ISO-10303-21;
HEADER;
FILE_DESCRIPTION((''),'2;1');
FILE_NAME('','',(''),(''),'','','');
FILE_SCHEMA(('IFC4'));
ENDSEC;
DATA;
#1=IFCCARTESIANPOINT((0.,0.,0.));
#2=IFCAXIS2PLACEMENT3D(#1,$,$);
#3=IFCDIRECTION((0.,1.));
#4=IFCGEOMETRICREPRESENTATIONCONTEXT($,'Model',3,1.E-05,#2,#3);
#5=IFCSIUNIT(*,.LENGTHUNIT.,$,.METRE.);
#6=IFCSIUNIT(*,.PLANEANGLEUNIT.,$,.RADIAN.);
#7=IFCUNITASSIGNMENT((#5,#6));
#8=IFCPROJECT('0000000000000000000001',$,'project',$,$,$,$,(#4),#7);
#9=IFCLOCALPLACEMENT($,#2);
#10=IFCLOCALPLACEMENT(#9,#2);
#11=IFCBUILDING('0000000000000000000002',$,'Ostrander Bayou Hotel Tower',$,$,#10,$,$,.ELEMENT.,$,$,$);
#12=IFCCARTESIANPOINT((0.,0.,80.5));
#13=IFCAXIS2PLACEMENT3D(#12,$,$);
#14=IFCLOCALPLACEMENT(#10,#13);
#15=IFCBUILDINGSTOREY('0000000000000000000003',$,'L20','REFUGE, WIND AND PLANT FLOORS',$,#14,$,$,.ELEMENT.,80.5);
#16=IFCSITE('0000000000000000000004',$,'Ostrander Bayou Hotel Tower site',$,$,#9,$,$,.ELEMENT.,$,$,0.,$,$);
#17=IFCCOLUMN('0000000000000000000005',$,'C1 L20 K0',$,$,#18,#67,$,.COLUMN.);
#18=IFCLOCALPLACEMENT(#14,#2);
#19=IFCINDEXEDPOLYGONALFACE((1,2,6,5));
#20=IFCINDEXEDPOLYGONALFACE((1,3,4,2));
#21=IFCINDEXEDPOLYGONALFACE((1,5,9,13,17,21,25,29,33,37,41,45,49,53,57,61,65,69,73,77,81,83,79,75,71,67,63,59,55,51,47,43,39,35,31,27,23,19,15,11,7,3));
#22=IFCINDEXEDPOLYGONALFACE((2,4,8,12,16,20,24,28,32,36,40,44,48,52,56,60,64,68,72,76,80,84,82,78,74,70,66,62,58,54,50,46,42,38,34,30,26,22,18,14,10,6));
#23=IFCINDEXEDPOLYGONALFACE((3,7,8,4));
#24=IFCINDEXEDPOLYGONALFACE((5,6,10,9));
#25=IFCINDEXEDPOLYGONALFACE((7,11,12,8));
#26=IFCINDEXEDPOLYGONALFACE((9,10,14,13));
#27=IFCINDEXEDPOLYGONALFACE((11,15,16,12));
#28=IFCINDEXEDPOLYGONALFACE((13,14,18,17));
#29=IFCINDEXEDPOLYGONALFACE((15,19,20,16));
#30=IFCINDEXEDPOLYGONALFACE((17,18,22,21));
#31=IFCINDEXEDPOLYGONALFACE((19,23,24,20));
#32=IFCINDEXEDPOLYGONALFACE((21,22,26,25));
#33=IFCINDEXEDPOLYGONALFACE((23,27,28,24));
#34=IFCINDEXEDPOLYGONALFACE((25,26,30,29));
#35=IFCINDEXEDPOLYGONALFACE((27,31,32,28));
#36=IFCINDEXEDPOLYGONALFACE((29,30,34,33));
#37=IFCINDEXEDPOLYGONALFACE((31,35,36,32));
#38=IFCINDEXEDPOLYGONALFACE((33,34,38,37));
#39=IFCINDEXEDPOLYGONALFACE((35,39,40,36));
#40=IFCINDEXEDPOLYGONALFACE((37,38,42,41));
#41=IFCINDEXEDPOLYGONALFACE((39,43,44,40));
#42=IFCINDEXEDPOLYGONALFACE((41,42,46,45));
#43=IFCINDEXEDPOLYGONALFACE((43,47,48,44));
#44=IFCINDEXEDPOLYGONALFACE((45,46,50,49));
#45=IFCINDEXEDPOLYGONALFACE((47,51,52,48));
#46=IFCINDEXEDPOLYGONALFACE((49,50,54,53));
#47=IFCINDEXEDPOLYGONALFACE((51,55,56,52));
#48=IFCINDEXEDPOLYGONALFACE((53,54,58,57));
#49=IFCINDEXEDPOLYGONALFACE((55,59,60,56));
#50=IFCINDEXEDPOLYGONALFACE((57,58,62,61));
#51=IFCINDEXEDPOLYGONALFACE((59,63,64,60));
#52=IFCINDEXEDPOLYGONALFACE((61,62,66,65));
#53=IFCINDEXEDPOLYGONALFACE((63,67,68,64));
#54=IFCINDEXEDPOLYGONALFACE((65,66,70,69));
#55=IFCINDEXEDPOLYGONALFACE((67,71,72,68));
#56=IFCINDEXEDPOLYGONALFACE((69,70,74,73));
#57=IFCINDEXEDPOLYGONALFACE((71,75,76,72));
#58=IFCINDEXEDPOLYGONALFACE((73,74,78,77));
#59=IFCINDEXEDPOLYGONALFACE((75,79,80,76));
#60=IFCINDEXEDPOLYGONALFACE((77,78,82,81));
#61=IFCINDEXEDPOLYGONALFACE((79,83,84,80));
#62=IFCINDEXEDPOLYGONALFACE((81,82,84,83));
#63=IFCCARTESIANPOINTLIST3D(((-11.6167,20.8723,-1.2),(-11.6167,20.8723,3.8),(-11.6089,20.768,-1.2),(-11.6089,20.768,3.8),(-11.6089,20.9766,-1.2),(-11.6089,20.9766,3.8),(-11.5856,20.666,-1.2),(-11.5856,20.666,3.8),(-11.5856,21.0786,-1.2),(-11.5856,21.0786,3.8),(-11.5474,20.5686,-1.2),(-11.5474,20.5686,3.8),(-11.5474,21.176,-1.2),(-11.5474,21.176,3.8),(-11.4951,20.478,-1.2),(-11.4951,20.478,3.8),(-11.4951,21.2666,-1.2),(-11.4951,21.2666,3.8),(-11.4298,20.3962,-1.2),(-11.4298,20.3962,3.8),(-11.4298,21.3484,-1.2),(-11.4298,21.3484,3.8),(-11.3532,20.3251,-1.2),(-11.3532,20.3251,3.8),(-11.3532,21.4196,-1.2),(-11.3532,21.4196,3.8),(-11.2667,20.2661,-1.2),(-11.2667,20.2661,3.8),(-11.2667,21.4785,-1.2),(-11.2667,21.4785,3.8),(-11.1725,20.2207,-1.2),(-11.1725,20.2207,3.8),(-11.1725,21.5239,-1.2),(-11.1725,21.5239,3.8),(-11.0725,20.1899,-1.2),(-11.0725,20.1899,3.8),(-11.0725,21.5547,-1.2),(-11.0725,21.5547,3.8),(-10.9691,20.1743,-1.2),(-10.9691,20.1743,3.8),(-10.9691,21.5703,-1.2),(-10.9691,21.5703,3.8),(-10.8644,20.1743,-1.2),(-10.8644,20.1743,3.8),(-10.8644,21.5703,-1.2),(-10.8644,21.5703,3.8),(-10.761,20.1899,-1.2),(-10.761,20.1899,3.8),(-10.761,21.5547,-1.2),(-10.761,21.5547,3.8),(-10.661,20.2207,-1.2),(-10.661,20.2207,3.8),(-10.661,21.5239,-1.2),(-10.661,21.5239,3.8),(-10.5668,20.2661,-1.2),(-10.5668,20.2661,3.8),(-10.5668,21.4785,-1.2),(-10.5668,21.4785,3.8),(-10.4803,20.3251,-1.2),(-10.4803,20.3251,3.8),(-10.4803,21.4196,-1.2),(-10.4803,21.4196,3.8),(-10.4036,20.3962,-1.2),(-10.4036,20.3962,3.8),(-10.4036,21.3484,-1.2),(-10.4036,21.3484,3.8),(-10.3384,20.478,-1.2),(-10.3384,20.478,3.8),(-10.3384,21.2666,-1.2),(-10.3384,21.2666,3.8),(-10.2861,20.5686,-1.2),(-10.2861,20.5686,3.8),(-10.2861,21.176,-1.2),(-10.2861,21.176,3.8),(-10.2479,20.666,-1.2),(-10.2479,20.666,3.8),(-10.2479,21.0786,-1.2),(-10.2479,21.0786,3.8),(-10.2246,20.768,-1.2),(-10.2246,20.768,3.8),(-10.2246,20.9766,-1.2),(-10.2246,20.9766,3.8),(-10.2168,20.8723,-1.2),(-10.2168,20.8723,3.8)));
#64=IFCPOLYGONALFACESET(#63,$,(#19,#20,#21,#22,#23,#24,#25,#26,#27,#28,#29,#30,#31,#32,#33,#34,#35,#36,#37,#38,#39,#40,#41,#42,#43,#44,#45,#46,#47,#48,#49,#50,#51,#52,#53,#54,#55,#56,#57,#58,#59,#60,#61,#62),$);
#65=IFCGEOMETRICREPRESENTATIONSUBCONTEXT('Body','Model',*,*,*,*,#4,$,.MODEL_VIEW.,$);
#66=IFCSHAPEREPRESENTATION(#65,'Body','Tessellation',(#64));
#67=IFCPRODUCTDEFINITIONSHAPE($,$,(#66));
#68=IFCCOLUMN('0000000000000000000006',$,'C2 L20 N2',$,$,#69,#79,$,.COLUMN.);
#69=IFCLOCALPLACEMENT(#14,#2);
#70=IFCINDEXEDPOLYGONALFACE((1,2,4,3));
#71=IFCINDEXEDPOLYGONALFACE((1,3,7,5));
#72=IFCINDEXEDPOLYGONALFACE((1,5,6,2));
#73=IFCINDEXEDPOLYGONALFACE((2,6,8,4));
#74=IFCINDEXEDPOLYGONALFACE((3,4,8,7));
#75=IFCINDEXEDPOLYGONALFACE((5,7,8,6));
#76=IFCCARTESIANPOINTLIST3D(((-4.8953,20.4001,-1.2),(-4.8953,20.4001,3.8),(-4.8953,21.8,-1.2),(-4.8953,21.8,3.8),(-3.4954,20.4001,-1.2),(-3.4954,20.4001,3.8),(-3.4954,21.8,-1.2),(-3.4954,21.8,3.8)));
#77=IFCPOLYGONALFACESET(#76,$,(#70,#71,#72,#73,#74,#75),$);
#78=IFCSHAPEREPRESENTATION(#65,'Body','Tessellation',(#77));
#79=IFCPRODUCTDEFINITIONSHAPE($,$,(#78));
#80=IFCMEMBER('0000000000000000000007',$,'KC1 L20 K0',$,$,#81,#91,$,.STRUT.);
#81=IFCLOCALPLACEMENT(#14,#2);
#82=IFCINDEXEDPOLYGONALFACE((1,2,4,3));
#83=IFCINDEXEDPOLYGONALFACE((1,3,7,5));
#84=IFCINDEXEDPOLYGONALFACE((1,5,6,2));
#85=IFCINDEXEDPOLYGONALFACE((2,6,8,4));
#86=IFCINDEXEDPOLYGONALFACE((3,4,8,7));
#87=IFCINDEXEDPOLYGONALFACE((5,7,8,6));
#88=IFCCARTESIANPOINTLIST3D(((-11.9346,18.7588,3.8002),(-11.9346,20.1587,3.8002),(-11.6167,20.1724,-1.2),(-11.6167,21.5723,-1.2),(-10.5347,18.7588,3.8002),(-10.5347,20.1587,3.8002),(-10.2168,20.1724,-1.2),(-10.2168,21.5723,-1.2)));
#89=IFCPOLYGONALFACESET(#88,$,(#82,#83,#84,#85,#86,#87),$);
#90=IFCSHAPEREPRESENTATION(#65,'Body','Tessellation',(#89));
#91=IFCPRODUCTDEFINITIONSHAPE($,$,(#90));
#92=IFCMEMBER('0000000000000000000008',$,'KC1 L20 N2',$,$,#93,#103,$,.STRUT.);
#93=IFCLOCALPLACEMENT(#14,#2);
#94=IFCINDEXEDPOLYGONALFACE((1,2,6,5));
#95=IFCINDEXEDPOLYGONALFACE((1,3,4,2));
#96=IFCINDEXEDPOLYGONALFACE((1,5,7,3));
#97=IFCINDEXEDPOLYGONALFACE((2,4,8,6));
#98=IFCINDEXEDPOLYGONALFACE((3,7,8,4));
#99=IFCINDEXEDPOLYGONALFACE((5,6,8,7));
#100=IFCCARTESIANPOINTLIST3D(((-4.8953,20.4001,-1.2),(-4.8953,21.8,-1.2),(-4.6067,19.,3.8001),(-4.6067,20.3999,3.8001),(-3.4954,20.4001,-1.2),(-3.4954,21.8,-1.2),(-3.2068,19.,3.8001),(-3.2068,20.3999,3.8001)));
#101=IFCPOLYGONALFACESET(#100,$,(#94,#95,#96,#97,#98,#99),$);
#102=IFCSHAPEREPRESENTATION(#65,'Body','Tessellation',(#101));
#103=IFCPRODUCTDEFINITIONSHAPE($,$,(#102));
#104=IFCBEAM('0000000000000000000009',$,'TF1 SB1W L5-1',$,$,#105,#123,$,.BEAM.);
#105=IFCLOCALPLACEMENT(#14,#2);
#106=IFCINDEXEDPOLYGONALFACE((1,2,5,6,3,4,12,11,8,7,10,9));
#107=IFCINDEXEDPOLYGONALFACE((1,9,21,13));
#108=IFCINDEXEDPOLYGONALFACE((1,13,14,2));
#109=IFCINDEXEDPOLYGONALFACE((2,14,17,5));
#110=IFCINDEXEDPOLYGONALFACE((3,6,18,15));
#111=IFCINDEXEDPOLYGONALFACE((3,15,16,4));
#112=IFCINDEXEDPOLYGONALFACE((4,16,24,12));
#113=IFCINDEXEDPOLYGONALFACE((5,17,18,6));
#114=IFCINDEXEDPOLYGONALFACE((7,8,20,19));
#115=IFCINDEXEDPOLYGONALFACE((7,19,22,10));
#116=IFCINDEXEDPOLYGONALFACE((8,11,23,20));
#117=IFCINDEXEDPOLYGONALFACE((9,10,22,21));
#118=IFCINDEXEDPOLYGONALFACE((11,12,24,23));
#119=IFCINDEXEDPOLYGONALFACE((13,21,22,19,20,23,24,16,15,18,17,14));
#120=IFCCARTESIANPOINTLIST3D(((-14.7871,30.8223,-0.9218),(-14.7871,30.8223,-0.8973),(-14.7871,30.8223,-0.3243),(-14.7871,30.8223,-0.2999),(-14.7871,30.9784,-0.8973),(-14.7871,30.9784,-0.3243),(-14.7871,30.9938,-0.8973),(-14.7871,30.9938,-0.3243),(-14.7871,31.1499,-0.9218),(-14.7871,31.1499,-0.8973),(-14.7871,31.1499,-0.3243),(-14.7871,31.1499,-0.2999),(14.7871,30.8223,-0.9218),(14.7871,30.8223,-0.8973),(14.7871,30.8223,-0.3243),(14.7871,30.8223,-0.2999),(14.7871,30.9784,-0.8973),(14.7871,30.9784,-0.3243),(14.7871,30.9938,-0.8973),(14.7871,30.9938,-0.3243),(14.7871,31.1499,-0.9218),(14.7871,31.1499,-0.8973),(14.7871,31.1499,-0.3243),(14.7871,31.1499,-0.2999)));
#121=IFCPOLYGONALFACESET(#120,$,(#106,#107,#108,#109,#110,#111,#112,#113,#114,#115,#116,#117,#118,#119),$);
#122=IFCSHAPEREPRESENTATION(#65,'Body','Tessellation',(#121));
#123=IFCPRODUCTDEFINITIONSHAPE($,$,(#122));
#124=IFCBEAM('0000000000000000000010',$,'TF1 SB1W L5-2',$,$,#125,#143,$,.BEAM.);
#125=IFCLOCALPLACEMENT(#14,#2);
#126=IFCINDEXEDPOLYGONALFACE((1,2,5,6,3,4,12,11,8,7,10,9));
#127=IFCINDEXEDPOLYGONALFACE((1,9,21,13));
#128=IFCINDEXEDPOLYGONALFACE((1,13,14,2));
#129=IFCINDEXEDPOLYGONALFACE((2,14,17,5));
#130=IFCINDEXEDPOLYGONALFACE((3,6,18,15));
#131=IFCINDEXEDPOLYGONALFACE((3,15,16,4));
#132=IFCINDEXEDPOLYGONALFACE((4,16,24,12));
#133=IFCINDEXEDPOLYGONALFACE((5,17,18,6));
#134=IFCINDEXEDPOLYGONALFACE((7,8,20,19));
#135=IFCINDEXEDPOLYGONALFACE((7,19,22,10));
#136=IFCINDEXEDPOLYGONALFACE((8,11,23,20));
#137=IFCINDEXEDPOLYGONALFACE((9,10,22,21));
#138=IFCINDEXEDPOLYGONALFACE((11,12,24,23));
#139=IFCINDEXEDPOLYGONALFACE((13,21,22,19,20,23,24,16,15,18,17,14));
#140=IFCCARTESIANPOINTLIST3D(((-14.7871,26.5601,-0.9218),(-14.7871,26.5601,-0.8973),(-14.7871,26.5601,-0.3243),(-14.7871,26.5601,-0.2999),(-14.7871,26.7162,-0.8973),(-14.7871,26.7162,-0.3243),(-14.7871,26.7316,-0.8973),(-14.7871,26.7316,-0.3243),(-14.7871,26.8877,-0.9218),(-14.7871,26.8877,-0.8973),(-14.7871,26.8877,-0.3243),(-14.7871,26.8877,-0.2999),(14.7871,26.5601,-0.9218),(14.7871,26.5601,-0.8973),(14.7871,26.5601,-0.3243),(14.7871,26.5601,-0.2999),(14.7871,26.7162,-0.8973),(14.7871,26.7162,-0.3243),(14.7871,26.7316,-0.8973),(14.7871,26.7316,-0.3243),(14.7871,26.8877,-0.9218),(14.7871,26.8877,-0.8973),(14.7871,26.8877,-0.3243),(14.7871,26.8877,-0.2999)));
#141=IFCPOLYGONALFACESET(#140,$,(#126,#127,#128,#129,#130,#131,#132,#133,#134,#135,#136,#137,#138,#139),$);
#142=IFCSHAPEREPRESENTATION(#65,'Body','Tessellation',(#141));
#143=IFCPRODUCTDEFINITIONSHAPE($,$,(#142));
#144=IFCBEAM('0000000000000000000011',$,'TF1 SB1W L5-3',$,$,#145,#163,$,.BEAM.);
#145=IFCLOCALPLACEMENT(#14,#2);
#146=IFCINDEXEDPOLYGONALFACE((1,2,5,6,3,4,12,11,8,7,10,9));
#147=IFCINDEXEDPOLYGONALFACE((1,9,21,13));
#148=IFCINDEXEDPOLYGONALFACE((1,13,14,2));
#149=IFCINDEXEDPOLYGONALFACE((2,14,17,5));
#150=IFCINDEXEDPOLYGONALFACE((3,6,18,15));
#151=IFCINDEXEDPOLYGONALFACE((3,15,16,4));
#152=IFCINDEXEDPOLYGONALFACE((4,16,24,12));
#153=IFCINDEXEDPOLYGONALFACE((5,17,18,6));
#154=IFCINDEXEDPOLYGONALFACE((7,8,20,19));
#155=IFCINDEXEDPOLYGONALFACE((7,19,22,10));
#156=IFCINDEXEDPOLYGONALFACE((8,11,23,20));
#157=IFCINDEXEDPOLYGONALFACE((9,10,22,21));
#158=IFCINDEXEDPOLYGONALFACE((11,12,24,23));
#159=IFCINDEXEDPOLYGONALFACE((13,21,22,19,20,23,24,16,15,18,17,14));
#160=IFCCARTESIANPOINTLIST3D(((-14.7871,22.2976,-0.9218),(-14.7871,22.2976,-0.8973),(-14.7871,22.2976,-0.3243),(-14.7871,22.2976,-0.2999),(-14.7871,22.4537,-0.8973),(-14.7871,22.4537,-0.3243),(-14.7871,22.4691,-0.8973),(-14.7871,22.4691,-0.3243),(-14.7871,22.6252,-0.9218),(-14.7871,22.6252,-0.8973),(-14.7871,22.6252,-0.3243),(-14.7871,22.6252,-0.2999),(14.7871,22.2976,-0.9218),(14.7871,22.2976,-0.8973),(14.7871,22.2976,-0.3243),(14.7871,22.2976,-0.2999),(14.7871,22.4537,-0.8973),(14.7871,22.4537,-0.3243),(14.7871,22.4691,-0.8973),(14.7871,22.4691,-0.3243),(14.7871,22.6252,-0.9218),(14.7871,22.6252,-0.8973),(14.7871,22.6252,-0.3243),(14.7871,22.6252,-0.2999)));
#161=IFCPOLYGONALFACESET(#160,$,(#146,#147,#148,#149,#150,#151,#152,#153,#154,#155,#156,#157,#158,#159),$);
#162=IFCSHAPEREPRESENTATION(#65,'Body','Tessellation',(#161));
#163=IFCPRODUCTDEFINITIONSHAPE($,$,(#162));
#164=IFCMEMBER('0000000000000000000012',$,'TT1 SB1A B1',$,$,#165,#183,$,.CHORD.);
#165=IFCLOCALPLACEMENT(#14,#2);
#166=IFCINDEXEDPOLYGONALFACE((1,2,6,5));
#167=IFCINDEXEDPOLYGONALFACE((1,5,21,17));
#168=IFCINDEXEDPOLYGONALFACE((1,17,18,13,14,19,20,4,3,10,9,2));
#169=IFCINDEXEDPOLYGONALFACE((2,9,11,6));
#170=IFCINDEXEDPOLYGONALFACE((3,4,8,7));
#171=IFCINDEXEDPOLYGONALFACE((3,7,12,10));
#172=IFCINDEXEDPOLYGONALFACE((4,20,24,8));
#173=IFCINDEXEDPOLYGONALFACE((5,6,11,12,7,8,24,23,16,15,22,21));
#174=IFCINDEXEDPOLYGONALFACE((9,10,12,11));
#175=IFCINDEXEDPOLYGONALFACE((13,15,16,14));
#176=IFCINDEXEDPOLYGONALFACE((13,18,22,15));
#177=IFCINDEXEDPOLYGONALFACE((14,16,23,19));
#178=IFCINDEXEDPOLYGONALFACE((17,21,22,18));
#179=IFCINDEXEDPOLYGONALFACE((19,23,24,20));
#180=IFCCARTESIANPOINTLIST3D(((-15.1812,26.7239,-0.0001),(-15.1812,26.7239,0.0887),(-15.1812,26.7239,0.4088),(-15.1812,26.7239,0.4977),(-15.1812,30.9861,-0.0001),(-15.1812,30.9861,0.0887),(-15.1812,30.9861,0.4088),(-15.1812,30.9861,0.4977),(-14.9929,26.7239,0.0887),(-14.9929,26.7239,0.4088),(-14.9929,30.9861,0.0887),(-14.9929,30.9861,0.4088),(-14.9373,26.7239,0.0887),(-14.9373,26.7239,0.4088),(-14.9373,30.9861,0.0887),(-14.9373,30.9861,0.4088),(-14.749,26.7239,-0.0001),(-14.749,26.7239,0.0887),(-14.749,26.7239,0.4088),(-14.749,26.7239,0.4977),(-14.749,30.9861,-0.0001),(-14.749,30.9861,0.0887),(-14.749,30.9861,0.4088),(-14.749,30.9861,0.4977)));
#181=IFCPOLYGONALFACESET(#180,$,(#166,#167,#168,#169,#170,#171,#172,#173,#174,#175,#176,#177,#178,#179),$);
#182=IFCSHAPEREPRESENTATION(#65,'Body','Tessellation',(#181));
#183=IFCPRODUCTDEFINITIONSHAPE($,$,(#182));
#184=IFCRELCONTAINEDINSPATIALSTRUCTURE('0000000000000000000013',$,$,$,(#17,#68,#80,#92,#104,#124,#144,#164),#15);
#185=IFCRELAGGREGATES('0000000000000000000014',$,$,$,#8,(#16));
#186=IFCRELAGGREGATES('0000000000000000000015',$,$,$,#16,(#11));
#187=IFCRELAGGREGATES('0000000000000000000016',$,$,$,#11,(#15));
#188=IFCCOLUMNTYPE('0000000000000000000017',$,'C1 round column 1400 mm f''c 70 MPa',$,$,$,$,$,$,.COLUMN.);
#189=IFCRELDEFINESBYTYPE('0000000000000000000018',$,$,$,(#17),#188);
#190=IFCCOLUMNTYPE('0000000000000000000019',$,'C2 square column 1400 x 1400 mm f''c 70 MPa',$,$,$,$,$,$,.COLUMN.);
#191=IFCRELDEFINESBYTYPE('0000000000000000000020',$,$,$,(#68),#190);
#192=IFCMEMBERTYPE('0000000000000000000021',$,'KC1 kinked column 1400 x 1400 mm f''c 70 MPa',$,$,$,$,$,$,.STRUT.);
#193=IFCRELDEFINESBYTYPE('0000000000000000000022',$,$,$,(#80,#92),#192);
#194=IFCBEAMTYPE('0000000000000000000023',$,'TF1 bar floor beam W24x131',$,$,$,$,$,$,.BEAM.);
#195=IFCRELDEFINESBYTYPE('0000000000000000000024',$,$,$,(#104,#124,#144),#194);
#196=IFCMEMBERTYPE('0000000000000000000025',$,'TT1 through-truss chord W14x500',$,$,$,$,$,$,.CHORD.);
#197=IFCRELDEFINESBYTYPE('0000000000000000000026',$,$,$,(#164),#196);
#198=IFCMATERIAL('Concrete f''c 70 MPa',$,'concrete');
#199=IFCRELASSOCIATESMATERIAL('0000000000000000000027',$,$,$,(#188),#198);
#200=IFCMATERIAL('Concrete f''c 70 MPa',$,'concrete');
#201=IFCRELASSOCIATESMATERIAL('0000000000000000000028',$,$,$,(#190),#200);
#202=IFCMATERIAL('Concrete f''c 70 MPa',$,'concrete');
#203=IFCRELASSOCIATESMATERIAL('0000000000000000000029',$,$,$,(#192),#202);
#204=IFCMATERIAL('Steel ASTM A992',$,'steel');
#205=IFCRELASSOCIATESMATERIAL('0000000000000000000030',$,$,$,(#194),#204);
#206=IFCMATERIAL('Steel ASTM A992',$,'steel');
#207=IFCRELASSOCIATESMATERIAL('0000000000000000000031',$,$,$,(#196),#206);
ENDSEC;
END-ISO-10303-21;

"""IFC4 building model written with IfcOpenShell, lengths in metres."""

from ifc_helpers import new_model, si_unit, direction, frame, origin, origin_2d, place, context, subcontext, project, spatial, rectangle, circle, i_section, extrude, material, material_profile, profile_set, type_object, element, save


model = new_model("IFC4")

# Units and contexts
model_context = context("Model", 3, precision=1e-05, world=origin(), true_north=direction((0.0, 1.0)))
body_context = subcontext(model_context, "Body", "Model", "MODEL_VIEW")
ifc_project = project(units=[si_unit("LENGTHUNIT", "METRE"), si_unit("PLANEANGLEUNIT", "RADIAN")], contexts=[model_context])

# Site, building, storey
site_placement = place(None, origin())
site = spatial("IfcSite", under=ifc_project, at=site_placement, Name="Ostrander Bayou Hotel Tower site", CompositionType="ELEMENT", RefElevation=0.0)
building_placement = place(site_placement, origin())
building = spatial("IfcBuilding", under=site, at=building_placement, Name="Ostrander Bayou Hotel Tower", CompositionType="ELEMENT")
storey_placement = place(building_placement, frame((0.0, 0.0, 80.5)))
storey = spatial("IfcBuildingStorey", under=building, at=storey_placement, Name="L20", Description="REFUGE, WIND AND PLANT FLOORS", CompositionType="ELEMENT", Elevation=80.5)

# Columns
ifc_material_1 = material(Name="Concrete f'c 70 MPa", Category="concrete")
ifc_material_profile_1 = material_profile(ifc_material_1, circle(Radius=0.7, at=origin_2d()))
ifc_profile_set_1 = profile_set([ifc_material_profile_1], Name="Concrete f'c 70 MPa")
column_type_1 = type_object("IfcColumnType", Name="C1 round column 1400 mm f'c 70 MPa", PredefinedType="COLUMN", material=ifc_profile_set_1)
column_1_placement = place(storey_placement, frame((-10.9167, 20.8723, -1.2), z_axis=(0.0, 0.0, 1.0), x_axis=(1.0, 0.0, 0.0)))
element("IfcColumn", 1, at=column_1_placement, inside=storey, type_object=column_type_1, Name="C1 L20 K0", PredefinedType="COLUMN", context=body_context, shape_type="SweptSolid", body=[
    extrude(circle(Radius=0.7, at=origin_2d()), origin(), (0.0, 0.0, 1.0), 5.0),
])
ifc_material_2 = material(Name="Concrete f'c 70 MPa", Category="concrete")
ifc_material_profile_2 = material_profile(ifc_material_2, rectangle(XDim=1.3999, YDim=1.3999, at=origin_2d()))
ifc_profile_set_2 = profile_set([ifc_material_profile_2], Name="Concrete f'c 70 MPa")
column_type_2 = type_object("IfcColumnType", Name="C2 square column 1400 x 1400 mm f'c 70 MPa", PredefinedType="COLUMN", material=ifc_profile_set_2)
column_2_placement = place(storey_placement, frame((-4.1953, 21.1001, -1.2), z_axis=(0.0, 0.0, 1.0), x_axis=(1.0, 0.0, 0.0)))
element("IfcColumn", 2, at=column_2_placement, inside=storey, type_object=column_type_2, Name="C2 L20 N2", PredefinedType="COLUMN", context=body_context, shape_type="SweptSolid", body=[
    extrude(rectangle(XDim=1.3999, YDim=1.3999, at=origin_2d()), origin(), (0.0, 0.0, 1.0), 5.0),
])

# Members
ifc_material_3 = material(Name="Concrete f'c 70 MPa", Category="concrete")
ifc_material_profile_3 = material_profile(ifc_material_3, rectangle(XDim=1.3999, YDim=1.3999, at=origin_2d()))
ifc_profile_set_3 = profile_set([ifc_material_profile_3], Name="Concrete f'c 70 MPa")
member_type_1 = type_object("IfcMemberType", Name="KC1 kinked column 1400 x 1400 mm f'c 70 MPa", PredefinedType="STRUT", material=ifc_profile_set_3)
member_1_placement = place(storey_placement, frame((-10.9167, 20.8723, -1.2), z_axis=(0.0, 0.0, 1.0), x_axis=(1.0, 0.0, 0.0)))
element("IfcMember", 3, at=member_1_placement, inside=storey, type_object=member_type_1, Name="KC1 L20 K0", PredefinedType="STRUT", context=body_context, shape_type="SweptSolid", body=[
    extrude(rectangle(XDim=1.3999, YDim=1.3999, at=origin_2d()), origin(), (-0.061062, -0.271544, 0.960487), 5.2058),
])
member_2_placement = place(storey_placement, frame((-4.1953, 21.1001, -1.2), z_axis=(0.0, 0.0, 1.0), x_axis=(1.0, 0.0, 0.0)))
element("IfcMember", 4, at=member_2_placement, inside=storey, type_object=member_type_1, Name="KC1 L20 N2", PredefinedType="STRUT", context=body_context, shape_type="SweptSolid", body=[
    extrude(rectangle(XDim=1.3999, YDim=1.3999, at=origin_2d()), origin(), (0.055491, -0.269241, 0.961473), 5.2004),
])

# Beams
ifc_material_4 = material(Name="Steel ASTM A992", Category="steel")
ifc_material_profile_4 = material_profile(ifc_material_4, i_section(OverallWidth=0.3276, OverallDepth=0.6218, WebThickness=0.0154, FlangeThickness=0.0244, at=origin_2d()))
ifc_profile_set_4 = profile_set([ifc_material_profile_4], Name="Steel ASTM A992")
beam_type = type_object("IfcBeamType", Name="TF1 bar floor beam W24x131", PredefinedType="BEAM", material=ifc_profile_set_4)
for number, where, z_axis, x_axis, name in (
    (5, (-14.7871, 30.9861, -0.6108), (1.0, 0.0, 0.0), (0.0, 1.0, 0.0), "TF1 SB1W L5-1"),
    (6, (-14.7871, 26.7239, -0.6108), (1.0, 0.0, 0.0), (0.0, 1.0, 0.0), "TF1 SB1W L5-2"),
    (7, (-14.7871, 22.4614, -0.6108), (1.0, 0.0, 0.0), (0.0, 1.0, 0.0), "TF1 SB1W L5-3"),
):
    element("IfcBeam", number, at=place(storey_placement, frame(where, z_axis=z_axis, x_axis=x_axis)), inside=storey, type_object=beam_type, Name=name, PredefinedType="BEAM", context=body_context, shape_type="SweptSolid", body=[
        extrude(i_section(OverallWidth=0.3276, OverallDepth=0.6218, WebThickness=0.0154, FlangeThickness=0.0244, at=origin_2d()), origin(), (0.0, 0.0, 1.0), 29.5742),
    ])

# Member
ifc_material_5 = material(Name="Steel ASTM A992", Category="steel")
ifc_material_profile_5 = material_profile(ifc_material_5, i_section(OverallWidth=0.4321, OverallDepth=0.4978, WebThickness=0.0557, FlangeThickness=0.0889, at=origin_2d()))
ifc_profile_set_5 = profile_set([ifc_material_profile_5], Name="Steel ASTM A992")
member_type_2 = type_object("IfcMemberType", Name="TT1 through-truss chord W14x500", PredefinedType="CHORD", material=ifc_profile_set_5)
for number, where, z_axis, x_axis, name in (
    (8, (-14.9651, 30.9861, 0.2488), (0.0, -1.0, 0.0), (1.0, 0.0, 0.0), "TT1 SB1A B1"),
):
    element("IfcMember", number, at=place(storey_placement, frame(where, z_axis=z_axis, x_axis=x_axis)), inside=storey, type_object=member_type_2, Name=name, PredefinedType="CHORD", context=body_context, shape_type="SweptSolid", body=[
        extrude(i_section(OverallWidth=0.4321, OverallDepth=0.4978, WebThickness=0.0557, FlangeThickness=0.0889, at=origin_2d()), origin(), (0.0, 0.0, 1.0), 4.2622),
    ])

save(model, "model.ifc")
